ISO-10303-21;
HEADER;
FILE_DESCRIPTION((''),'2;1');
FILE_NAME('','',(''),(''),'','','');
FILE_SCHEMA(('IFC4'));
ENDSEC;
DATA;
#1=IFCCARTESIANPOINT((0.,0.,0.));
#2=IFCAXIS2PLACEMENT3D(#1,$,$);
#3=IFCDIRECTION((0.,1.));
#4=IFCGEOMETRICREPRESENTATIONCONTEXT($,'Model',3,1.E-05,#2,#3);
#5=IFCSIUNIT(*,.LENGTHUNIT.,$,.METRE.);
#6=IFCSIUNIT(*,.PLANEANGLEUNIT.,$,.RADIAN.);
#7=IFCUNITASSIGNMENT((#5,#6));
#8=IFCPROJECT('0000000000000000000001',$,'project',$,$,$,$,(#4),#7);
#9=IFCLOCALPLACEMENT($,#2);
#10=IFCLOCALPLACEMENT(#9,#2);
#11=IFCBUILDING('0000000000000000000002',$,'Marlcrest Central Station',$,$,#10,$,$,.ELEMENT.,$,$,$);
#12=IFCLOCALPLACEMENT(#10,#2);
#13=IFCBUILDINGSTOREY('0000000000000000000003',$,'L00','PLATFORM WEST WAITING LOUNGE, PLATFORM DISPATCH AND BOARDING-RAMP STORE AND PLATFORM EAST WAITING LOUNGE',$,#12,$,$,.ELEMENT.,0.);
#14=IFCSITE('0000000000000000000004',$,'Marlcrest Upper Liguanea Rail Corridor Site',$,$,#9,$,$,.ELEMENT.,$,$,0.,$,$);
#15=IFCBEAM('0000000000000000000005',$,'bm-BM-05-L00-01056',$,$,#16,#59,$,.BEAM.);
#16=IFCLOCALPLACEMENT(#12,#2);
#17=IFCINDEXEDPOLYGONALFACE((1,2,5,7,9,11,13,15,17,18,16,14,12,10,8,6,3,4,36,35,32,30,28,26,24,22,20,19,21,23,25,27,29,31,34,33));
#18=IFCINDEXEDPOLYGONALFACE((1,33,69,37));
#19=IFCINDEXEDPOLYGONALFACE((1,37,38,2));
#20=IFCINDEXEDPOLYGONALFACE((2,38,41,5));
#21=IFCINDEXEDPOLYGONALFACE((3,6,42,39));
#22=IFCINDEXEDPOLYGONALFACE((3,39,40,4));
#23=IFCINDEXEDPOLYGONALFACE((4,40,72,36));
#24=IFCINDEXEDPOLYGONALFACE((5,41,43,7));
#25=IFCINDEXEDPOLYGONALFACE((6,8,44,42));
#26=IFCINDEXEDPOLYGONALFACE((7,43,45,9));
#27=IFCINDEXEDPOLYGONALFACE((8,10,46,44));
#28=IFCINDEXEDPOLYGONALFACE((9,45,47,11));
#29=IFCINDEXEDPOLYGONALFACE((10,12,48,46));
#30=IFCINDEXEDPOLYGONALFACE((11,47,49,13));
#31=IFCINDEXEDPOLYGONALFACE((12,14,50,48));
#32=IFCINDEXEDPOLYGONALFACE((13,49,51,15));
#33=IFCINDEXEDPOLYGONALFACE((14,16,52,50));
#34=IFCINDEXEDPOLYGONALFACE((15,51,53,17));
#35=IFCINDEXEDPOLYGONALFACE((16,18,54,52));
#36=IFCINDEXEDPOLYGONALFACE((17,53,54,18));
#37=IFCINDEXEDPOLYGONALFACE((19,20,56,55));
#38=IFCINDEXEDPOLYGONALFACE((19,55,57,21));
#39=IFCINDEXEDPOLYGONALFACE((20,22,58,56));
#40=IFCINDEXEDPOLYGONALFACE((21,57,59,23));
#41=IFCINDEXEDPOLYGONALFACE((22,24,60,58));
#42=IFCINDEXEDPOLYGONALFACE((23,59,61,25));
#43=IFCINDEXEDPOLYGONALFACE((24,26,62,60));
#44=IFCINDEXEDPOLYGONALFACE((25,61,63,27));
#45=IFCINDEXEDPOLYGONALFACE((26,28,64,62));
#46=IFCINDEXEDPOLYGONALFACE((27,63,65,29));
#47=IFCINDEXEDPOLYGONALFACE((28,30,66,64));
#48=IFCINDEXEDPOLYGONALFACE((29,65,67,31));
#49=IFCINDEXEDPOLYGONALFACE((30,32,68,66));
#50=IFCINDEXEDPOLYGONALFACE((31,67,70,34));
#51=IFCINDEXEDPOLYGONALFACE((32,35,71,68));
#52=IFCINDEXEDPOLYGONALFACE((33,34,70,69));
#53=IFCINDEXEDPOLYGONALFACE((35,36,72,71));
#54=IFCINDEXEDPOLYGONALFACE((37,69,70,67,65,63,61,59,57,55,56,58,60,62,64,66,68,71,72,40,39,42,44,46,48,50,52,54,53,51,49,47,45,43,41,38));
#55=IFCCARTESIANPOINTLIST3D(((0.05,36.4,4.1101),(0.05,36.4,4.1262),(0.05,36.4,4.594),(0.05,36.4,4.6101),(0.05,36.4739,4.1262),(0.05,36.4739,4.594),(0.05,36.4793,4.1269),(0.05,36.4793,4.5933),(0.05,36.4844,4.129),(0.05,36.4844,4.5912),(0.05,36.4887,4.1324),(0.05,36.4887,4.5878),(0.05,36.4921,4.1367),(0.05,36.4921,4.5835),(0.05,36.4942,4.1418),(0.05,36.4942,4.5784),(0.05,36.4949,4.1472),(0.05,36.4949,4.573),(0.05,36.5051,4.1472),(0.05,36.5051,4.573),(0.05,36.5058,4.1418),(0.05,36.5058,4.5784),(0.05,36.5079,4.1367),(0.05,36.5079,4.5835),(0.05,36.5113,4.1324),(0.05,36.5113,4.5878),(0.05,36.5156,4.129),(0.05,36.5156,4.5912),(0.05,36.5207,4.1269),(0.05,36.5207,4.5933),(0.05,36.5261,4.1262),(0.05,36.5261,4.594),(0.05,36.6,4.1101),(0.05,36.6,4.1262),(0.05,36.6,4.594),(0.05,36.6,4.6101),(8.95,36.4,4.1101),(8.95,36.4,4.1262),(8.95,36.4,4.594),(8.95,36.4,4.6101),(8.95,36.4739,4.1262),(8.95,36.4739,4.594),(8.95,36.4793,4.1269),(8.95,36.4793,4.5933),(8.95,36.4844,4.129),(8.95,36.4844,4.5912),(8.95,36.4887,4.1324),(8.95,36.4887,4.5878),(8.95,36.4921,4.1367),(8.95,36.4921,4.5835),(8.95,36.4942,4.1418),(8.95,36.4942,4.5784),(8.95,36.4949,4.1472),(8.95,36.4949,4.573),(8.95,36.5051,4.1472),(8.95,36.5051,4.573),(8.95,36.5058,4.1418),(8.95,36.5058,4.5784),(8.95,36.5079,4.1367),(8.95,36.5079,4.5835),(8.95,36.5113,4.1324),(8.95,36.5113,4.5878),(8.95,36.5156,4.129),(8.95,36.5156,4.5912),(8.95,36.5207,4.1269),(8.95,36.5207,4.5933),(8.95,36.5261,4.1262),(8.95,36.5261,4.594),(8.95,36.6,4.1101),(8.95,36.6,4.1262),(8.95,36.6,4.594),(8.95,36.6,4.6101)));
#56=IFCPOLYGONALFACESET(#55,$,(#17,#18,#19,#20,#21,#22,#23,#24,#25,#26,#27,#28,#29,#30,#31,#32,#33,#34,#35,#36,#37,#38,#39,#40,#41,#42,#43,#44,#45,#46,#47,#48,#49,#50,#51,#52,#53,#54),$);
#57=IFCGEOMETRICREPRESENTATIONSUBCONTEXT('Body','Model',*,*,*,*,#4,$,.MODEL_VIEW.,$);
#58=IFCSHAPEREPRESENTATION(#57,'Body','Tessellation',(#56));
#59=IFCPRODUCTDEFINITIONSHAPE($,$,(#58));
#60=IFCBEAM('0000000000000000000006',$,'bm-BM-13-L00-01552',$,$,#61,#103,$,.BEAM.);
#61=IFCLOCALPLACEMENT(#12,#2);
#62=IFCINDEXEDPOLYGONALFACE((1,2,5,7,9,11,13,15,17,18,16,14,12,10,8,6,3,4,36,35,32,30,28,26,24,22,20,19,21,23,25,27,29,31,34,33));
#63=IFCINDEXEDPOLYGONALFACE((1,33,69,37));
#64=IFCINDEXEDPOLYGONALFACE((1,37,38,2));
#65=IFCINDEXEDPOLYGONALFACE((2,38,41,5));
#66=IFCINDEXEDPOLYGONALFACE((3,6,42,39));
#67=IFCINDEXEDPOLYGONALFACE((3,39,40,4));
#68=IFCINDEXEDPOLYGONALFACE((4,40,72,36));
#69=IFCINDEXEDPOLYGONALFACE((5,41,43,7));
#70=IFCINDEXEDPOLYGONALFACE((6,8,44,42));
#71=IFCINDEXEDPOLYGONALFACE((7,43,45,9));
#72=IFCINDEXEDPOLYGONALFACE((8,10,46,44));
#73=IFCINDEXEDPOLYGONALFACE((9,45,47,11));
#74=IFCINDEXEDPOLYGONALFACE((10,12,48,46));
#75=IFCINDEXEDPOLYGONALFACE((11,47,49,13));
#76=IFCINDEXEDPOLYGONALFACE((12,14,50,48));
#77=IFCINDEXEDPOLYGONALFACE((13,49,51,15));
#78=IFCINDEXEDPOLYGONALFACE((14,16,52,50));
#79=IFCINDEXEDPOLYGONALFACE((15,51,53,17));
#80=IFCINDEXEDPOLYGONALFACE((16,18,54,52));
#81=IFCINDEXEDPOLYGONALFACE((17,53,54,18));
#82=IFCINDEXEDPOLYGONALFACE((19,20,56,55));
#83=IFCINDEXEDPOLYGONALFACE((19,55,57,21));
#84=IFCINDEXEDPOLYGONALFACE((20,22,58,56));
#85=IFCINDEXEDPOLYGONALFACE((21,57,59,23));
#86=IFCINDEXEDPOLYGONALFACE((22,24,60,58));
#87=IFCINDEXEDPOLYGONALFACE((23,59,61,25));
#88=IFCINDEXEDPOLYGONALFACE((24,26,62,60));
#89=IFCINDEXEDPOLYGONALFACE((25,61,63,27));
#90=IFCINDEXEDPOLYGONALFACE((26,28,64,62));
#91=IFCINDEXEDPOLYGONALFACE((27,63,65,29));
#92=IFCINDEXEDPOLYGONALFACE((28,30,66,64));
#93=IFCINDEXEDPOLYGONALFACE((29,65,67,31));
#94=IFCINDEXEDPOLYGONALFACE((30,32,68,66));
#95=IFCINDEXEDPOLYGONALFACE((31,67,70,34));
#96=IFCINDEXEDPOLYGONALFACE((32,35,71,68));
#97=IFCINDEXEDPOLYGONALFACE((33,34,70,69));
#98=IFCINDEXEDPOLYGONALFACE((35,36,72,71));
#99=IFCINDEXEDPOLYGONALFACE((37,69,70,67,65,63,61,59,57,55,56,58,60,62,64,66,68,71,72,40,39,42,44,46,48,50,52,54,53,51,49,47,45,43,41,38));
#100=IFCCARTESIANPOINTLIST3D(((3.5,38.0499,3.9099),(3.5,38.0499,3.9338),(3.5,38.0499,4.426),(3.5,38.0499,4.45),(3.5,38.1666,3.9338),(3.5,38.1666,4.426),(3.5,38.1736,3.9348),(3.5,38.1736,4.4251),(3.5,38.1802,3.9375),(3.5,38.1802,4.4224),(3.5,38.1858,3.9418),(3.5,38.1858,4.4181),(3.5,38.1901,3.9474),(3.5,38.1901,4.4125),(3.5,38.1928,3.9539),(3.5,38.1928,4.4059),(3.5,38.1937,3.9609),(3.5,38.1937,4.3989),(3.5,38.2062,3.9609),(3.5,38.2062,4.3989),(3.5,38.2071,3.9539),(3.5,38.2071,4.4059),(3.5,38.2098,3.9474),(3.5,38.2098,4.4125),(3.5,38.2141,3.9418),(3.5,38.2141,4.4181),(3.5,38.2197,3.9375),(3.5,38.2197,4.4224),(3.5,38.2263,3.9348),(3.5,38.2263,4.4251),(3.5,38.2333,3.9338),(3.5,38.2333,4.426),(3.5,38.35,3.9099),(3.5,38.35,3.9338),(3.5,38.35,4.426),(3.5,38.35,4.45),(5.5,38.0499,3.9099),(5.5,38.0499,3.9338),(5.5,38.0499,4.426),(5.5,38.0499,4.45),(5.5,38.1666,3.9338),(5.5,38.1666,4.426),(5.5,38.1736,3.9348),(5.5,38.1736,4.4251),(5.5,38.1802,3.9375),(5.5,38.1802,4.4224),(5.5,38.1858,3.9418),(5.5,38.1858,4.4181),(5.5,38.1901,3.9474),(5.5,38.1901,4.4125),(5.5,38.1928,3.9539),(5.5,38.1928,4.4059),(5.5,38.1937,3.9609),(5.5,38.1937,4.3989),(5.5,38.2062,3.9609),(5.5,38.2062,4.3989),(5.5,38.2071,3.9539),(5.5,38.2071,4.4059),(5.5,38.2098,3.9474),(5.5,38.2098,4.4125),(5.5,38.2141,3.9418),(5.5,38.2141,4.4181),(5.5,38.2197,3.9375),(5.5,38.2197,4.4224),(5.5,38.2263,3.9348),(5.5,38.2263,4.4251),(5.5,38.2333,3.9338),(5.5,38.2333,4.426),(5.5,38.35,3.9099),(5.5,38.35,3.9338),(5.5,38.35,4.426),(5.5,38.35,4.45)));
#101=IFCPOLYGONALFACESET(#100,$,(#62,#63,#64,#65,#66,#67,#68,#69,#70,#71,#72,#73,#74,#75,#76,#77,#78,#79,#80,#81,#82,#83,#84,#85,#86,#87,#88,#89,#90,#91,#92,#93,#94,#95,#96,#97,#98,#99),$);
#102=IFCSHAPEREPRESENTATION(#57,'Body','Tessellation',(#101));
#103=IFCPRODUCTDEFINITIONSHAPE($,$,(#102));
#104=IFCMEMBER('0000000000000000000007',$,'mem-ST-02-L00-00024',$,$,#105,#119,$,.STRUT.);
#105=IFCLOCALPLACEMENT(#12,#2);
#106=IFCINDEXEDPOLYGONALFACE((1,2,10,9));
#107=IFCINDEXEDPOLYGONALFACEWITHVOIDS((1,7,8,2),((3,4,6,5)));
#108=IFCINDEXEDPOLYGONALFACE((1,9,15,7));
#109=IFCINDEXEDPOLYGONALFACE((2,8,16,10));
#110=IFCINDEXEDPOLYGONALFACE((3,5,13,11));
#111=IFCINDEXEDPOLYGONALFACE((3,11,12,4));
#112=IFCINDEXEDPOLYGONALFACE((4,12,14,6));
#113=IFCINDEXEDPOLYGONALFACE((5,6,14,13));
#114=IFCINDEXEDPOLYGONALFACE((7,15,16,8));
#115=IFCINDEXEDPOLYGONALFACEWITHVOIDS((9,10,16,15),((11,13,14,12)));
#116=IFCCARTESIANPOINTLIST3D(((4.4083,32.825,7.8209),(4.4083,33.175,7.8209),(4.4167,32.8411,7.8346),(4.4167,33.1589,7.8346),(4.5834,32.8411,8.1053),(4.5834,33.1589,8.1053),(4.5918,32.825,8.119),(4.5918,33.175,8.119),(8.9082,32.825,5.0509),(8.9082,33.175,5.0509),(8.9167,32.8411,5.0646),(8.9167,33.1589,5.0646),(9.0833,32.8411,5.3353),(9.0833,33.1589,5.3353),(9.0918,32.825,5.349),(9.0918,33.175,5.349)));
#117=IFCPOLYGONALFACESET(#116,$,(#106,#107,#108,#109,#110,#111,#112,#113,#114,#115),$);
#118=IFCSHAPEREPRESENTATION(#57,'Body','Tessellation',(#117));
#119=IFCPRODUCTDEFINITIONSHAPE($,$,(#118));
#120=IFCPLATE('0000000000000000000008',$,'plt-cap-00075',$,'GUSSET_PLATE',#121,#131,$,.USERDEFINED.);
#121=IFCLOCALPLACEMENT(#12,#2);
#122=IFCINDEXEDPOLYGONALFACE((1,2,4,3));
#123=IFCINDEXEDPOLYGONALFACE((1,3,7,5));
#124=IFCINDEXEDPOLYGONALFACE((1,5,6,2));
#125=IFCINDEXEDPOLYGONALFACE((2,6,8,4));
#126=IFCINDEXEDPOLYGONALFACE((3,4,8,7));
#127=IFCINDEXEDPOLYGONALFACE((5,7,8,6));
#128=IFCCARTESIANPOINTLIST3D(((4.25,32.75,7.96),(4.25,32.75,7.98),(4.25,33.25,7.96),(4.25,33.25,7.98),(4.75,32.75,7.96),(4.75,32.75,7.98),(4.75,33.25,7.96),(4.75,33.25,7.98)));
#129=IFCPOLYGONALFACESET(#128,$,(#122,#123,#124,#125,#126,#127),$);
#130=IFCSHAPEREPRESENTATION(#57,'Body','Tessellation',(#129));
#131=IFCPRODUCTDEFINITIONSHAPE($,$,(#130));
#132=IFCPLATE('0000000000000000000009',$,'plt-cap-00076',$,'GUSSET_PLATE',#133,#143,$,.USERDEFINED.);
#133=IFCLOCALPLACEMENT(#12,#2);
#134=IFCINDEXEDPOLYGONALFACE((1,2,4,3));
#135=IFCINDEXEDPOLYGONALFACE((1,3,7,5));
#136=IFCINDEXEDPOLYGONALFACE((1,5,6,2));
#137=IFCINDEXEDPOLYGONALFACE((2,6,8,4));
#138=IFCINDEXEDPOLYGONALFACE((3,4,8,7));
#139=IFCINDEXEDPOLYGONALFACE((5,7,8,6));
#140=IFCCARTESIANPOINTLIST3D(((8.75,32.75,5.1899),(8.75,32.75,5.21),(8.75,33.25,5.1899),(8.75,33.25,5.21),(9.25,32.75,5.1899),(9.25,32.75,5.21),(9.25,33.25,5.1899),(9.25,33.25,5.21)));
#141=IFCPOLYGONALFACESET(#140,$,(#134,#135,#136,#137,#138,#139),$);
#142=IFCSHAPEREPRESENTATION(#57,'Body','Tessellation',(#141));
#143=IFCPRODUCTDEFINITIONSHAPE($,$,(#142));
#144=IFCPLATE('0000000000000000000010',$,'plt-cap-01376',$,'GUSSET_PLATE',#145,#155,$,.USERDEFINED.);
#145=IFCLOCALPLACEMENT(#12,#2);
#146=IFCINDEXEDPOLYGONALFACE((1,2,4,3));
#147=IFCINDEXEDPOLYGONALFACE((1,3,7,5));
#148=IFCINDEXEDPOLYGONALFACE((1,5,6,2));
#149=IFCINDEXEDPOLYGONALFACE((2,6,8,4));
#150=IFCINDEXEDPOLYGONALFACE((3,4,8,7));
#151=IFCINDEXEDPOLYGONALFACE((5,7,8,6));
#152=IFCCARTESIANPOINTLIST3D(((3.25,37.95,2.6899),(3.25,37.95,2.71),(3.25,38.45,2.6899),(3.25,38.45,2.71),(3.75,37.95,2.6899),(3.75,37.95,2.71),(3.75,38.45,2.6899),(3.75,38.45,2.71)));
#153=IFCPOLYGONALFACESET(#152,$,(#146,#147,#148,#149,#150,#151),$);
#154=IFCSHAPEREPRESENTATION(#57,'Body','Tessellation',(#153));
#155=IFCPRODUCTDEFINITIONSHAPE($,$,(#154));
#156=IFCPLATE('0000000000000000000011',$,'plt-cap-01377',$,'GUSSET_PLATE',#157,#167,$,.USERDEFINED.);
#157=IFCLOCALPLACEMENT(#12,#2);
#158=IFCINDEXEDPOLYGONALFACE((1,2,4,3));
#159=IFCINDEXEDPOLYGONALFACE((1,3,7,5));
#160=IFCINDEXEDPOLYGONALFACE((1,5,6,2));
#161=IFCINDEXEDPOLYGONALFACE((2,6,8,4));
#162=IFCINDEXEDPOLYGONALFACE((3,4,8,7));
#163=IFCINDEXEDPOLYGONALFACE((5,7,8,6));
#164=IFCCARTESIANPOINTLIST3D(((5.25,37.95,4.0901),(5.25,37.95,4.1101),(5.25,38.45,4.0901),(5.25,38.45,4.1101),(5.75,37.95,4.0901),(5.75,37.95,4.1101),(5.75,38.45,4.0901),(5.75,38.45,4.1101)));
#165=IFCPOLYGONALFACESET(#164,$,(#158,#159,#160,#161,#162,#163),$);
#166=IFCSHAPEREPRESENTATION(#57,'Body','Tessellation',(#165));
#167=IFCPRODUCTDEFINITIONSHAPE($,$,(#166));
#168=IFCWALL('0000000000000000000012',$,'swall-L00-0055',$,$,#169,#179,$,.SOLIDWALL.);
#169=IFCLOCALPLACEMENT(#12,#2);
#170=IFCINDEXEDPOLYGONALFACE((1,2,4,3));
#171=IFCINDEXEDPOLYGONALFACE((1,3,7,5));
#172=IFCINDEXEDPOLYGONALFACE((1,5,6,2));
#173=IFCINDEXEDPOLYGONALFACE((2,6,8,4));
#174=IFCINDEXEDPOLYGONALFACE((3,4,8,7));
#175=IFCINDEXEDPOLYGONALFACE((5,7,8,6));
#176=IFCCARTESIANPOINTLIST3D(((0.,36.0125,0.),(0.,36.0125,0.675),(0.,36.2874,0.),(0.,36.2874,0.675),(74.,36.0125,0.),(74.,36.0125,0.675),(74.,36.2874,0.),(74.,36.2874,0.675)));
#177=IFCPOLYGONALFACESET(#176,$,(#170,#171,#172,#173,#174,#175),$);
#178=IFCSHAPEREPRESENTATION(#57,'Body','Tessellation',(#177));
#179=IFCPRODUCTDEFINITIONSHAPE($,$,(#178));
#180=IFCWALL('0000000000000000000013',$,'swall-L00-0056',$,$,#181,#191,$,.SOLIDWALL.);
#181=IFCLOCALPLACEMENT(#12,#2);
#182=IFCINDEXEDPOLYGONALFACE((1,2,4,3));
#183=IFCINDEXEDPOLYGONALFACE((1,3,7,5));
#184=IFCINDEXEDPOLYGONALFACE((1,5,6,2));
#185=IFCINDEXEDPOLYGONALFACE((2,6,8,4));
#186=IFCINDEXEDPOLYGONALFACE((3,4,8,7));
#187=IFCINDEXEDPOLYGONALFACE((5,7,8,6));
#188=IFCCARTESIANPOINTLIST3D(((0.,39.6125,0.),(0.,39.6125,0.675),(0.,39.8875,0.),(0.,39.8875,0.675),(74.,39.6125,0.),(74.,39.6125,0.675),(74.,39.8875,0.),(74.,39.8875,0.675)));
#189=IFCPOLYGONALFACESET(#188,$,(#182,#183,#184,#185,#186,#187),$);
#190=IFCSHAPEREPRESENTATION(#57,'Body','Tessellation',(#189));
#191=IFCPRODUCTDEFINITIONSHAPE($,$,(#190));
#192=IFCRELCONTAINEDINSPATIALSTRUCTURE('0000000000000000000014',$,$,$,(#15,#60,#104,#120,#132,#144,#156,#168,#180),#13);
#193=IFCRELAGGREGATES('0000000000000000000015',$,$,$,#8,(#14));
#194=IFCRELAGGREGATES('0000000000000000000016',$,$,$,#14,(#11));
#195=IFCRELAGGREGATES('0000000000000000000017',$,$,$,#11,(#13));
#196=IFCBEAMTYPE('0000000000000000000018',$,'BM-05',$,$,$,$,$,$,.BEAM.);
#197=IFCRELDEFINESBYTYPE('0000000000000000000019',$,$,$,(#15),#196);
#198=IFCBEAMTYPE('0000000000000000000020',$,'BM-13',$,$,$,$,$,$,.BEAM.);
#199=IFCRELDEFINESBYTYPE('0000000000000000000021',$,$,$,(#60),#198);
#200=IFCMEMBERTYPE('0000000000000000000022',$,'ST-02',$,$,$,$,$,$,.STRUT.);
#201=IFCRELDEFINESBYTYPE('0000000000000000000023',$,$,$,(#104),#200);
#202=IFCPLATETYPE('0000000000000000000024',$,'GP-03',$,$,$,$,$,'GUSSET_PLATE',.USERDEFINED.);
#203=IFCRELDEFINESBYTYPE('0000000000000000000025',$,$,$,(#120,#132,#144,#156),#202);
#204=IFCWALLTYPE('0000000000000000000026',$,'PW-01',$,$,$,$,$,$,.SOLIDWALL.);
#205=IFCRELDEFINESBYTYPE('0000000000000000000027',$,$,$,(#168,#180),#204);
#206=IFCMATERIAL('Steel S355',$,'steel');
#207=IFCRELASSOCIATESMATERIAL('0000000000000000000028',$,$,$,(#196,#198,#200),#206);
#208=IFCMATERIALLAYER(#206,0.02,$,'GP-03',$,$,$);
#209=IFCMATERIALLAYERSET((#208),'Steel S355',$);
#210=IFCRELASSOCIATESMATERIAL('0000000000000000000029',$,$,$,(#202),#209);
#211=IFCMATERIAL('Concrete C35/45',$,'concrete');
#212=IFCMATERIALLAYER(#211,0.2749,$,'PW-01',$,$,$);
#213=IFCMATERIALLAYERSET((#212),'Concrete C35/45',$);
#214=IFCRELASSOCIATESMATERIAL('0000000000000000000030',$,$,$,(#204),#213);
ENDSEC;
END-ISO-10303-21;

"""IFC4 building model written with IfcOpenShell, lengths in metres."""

from ifc_helpers import new_model, si_unit, direction, frame, frame_2d, origin, origin_2d, place, context, subcontext, project, spatial, rectangle, hollow_rectangle, i_section, extrude, material, layer, layer_set, material_profile, profile_set, type_object, element, save


model = new_model("IFC4")

# Units and contexts
model_context = context("Model", 3, precision=1e-05, world=origin(), true_north=direction((0.0, 1.0)))
body_context = subcontext(model_context, "Body", "Model", "MODEL_VIEW")
ifc_project = project(units=[si_unit("LENGTHUNIT", "METRE"), si_unit("PLANEANGLEUNIT", "RADIAN")], contexts=[model_context])

# Site, building, storey
site_placement = place(None, origin())
site = spatial("IfcSite", under=ifc_project, at=site_placement, Name="Marlcrest Upper Liguanea Rail Corridor Site", CompositionType="ELEMENT", RefElevation=0.0)
building_placement = place(site_placement, origin())
building = spatial("IfcBuilding", under=site, at=building_placement, Name="Marlcrest Central Station", CompositionType="ELEMENT")
storey_placement = place(building_placement, origin())
storey = spatial("IfcBuildingStorey", under=building, at=storey_placement, Name="L00", Description="PLATFORM WEST WAITING LOUNGE, PLATFORM DISPATCH AND BOARDING-RAMP STORE AND PLATFORM EAST WAITING LOUNGE", CompositionType="ELEMENT", Elevation=0.0)

# Shared definitions
ifc_material_1 = material(Name="Concrete C35/45", Category="concrete")

# Shared definitions
ifc_material_2 = material(Name="Steel S355", Category="steel")

# Beams
ifc_material_profile_1 = material_profile(ifc_material_2, i_section(OverallWidth=0.2, OverallDepth=0.5, WebThickness=0.0103, FlangeThickness=0.0161, FilletRadius=0.021, at=origin_2d()), Name="IPE 500")
ifc_profile_set_1 = profile_set([ifc_material_profile_1], Name="Steel S355")
beam_type_1 = type_object("IfcBeamType", Name="BM-05", PredefinedType="BEAM", material=ifc_profile_set_1)
beam_1_placement = place(storey_placement, frame((0.05, 36.5, 4.3601), z_axis=(1.0, 0.0, 0.0), x_axis=(0.0, 1.0, 0.0)))
element("IfcBeam", 1, at=beam_1_placement, inside=storey, type_object=beam_type_1, Name="bm-BM-05-L00-01056", PredefinedType="BEAM", context=body_context, shape_type="SweptSolid", body=[
    extrude(i_section(OverallWidth=0.2, OverallDepth=0.5, WebThickness=0.0103, FlangeThickness=0.0161, FilletRadius=0.021, at=origin_2d()), origin(), (0.0, 0.0, 1.0), 8.8999),
])
ifc_material_profile_2 = material_profile(ifc_material_2, i_section(OverallWidth=0.3, OverallDepth=0.54, WebThickness=0.0125, FlangeThickness=0.0239, FilletRadius=0.0271, at=origin_2d()), Name="HEA 550")
ifc_profile_set_2 = profile_set([ifc_material_profile_2], Name="Steel S355")
beam_type_2 = type_object("IfcBeamType", Name="BM-13", PredefinedType="BEAM", material=ifc_profile_set_2)
beam_2_placement = place(storey_placement, frame((3.5, 38.2, 4.1799), z_axis=(1.0, 0.0, 0.0), x_axis=(0.0, 1.0, 0.0)))
element("IfcBeam", 2, at=beam_2_placement, inside=storey, type_object=beam_type_2, Name="bm-BM-13-L00-01552", PredefinedType="BEAM", context=body_context, shape_type="SweptSolid", body=[
    extrude(i_section(OverallWidth=0.3, OverallDepth=0.54, WebThickness=0.0125, FlangeThickness=0.0239, FilletRadius=0.0271, at=origin_2d()), origin(), (0.0, 0.0, 1.0), 2.0),
])

# Member
ifc_material_profile_3 = material_profile(ifc_material_2, hollow_rectangle(XDim=0.3501, YDim=0.3501, WallThickness=0.0161, at=origin_2d()), Name="SHS 350x350x16")
ifc_profile_set_3 = profile_set([ifc_material_profile_3], Name="Steel S355")
member_type_1 = type_object("IfcMemberType", Name="ST-02", PredefinedType="STRUT", material=ifc_profile_set_3)
member_1_placement = place(storey_placement, frame((9.0, 33.0, 5.2), z_axis=(-0.851592, 0.0, 0.524206), x_axis=(0.0, -1.0, 0.0)))
element("IfcMember", 3, at=member_1_placement, inside=storey, type_object=member_type_1, Name="mem-ST-02-L00-00024", PredefinedType="STRUT", context=body_context, shape_type="SweptSolid", body=[
    extrude(hollow_rectangle(XDim=0.3501, YDim=0.3501, WallThickness=0.0161, at=origin_2d()), origin(), (0.0, 0.0, 1.0), 5.2842),
])

# Plates
ifc_layer_1 = layer(ifc_material_2, 0.02, Name="GP-03")
ifc_layer_set_1 = layer_set([ifc_layer_1], Name="Steel S355")
plate_type = type_object("IfcPlateType", Name="GP-03", ElementType="GUSSET_PLATE", PredefinedType="USERDEFINED", material=ifc_layer_set_1)
for number, where, z_axis, x_axis, name in (
    (4, (4.5, 33.0, 7.96), (0.0, 0.0, 1.0), (1.0, 0.0, 0.0), "plt-cap-00075"),
    (5, (9.0, 33.0, 5.1899), (0.0, 0.0, 1.0), (1.0, 0.0, 0.0), "plt-cap-00076"),
    (6, (3.5, 38.2, 2.6899), (0.0, 0.0, 1.0), (1.0, 0.0, 0.0), "plt-cap-01376"),
    (7, (5.5, 38.2, 4.0901), (0.0, 0.0, 1.0), (1.0, 0.0, 0.0), "plt-cap-01377"),
):
    element("IfcPlate", number, at=place(storey_placement, frame(where, z_axis=z_axis, x_axis=x_axis)), inside=storey, type_object=plate_type, Name=name, ObjectType="GUSSET_PLATE", PredefinedType="USERDEFINED", context=body_context, shape_type="SweptSolid", body=[
        extrude(rectangle(XDim=0.5, YDim=0.5, at=origin_2d()), origin(), (0.0, 0.0, 1.0), 0.02),
    ])

# Walls
ifc_layer_2 = layer(ifc_material_1, 0.2749, Name="PW-01")
ifc_layer_set_2 = layer_set([ifc_layer_2], Name="Concrete C35/45")
wall_type = type_object("IfcWallType", Name="PW-01", PredefinedType="SOLIDWALL", material=ifc_layer_set_2)
for number, where, z_axis, x_axis, name in (
    (8, (0.0, 36.1499, 0.0), (0.0, 0.0, 1.0), (1.0, 0.0, 0.0), "swall-L00-0055"),
    (9, (0.0, 39.75, 0.0), (0.0, 0.0, 1.0), (1.0, 0.0, 0.0), "swall-L00-0056"),
):
    element("IfcWall", number, at=place(storey_placement, frame(where, z_axis=z_axis, x_axis=x_axis)), inside=storey, type_object=wall_type, Name=name, PredefinedType="SOLIDWALL", context=body_context, shape_type="SweptSolid", body=[
        extrude(rectangle(XDim=74.0, YDim=0.2749, at=frame_2d((37.0, 0.0))), origin(), (0.0, 0.0, 1.0), 0.675),
    ])

save(model, "model.ifc")
